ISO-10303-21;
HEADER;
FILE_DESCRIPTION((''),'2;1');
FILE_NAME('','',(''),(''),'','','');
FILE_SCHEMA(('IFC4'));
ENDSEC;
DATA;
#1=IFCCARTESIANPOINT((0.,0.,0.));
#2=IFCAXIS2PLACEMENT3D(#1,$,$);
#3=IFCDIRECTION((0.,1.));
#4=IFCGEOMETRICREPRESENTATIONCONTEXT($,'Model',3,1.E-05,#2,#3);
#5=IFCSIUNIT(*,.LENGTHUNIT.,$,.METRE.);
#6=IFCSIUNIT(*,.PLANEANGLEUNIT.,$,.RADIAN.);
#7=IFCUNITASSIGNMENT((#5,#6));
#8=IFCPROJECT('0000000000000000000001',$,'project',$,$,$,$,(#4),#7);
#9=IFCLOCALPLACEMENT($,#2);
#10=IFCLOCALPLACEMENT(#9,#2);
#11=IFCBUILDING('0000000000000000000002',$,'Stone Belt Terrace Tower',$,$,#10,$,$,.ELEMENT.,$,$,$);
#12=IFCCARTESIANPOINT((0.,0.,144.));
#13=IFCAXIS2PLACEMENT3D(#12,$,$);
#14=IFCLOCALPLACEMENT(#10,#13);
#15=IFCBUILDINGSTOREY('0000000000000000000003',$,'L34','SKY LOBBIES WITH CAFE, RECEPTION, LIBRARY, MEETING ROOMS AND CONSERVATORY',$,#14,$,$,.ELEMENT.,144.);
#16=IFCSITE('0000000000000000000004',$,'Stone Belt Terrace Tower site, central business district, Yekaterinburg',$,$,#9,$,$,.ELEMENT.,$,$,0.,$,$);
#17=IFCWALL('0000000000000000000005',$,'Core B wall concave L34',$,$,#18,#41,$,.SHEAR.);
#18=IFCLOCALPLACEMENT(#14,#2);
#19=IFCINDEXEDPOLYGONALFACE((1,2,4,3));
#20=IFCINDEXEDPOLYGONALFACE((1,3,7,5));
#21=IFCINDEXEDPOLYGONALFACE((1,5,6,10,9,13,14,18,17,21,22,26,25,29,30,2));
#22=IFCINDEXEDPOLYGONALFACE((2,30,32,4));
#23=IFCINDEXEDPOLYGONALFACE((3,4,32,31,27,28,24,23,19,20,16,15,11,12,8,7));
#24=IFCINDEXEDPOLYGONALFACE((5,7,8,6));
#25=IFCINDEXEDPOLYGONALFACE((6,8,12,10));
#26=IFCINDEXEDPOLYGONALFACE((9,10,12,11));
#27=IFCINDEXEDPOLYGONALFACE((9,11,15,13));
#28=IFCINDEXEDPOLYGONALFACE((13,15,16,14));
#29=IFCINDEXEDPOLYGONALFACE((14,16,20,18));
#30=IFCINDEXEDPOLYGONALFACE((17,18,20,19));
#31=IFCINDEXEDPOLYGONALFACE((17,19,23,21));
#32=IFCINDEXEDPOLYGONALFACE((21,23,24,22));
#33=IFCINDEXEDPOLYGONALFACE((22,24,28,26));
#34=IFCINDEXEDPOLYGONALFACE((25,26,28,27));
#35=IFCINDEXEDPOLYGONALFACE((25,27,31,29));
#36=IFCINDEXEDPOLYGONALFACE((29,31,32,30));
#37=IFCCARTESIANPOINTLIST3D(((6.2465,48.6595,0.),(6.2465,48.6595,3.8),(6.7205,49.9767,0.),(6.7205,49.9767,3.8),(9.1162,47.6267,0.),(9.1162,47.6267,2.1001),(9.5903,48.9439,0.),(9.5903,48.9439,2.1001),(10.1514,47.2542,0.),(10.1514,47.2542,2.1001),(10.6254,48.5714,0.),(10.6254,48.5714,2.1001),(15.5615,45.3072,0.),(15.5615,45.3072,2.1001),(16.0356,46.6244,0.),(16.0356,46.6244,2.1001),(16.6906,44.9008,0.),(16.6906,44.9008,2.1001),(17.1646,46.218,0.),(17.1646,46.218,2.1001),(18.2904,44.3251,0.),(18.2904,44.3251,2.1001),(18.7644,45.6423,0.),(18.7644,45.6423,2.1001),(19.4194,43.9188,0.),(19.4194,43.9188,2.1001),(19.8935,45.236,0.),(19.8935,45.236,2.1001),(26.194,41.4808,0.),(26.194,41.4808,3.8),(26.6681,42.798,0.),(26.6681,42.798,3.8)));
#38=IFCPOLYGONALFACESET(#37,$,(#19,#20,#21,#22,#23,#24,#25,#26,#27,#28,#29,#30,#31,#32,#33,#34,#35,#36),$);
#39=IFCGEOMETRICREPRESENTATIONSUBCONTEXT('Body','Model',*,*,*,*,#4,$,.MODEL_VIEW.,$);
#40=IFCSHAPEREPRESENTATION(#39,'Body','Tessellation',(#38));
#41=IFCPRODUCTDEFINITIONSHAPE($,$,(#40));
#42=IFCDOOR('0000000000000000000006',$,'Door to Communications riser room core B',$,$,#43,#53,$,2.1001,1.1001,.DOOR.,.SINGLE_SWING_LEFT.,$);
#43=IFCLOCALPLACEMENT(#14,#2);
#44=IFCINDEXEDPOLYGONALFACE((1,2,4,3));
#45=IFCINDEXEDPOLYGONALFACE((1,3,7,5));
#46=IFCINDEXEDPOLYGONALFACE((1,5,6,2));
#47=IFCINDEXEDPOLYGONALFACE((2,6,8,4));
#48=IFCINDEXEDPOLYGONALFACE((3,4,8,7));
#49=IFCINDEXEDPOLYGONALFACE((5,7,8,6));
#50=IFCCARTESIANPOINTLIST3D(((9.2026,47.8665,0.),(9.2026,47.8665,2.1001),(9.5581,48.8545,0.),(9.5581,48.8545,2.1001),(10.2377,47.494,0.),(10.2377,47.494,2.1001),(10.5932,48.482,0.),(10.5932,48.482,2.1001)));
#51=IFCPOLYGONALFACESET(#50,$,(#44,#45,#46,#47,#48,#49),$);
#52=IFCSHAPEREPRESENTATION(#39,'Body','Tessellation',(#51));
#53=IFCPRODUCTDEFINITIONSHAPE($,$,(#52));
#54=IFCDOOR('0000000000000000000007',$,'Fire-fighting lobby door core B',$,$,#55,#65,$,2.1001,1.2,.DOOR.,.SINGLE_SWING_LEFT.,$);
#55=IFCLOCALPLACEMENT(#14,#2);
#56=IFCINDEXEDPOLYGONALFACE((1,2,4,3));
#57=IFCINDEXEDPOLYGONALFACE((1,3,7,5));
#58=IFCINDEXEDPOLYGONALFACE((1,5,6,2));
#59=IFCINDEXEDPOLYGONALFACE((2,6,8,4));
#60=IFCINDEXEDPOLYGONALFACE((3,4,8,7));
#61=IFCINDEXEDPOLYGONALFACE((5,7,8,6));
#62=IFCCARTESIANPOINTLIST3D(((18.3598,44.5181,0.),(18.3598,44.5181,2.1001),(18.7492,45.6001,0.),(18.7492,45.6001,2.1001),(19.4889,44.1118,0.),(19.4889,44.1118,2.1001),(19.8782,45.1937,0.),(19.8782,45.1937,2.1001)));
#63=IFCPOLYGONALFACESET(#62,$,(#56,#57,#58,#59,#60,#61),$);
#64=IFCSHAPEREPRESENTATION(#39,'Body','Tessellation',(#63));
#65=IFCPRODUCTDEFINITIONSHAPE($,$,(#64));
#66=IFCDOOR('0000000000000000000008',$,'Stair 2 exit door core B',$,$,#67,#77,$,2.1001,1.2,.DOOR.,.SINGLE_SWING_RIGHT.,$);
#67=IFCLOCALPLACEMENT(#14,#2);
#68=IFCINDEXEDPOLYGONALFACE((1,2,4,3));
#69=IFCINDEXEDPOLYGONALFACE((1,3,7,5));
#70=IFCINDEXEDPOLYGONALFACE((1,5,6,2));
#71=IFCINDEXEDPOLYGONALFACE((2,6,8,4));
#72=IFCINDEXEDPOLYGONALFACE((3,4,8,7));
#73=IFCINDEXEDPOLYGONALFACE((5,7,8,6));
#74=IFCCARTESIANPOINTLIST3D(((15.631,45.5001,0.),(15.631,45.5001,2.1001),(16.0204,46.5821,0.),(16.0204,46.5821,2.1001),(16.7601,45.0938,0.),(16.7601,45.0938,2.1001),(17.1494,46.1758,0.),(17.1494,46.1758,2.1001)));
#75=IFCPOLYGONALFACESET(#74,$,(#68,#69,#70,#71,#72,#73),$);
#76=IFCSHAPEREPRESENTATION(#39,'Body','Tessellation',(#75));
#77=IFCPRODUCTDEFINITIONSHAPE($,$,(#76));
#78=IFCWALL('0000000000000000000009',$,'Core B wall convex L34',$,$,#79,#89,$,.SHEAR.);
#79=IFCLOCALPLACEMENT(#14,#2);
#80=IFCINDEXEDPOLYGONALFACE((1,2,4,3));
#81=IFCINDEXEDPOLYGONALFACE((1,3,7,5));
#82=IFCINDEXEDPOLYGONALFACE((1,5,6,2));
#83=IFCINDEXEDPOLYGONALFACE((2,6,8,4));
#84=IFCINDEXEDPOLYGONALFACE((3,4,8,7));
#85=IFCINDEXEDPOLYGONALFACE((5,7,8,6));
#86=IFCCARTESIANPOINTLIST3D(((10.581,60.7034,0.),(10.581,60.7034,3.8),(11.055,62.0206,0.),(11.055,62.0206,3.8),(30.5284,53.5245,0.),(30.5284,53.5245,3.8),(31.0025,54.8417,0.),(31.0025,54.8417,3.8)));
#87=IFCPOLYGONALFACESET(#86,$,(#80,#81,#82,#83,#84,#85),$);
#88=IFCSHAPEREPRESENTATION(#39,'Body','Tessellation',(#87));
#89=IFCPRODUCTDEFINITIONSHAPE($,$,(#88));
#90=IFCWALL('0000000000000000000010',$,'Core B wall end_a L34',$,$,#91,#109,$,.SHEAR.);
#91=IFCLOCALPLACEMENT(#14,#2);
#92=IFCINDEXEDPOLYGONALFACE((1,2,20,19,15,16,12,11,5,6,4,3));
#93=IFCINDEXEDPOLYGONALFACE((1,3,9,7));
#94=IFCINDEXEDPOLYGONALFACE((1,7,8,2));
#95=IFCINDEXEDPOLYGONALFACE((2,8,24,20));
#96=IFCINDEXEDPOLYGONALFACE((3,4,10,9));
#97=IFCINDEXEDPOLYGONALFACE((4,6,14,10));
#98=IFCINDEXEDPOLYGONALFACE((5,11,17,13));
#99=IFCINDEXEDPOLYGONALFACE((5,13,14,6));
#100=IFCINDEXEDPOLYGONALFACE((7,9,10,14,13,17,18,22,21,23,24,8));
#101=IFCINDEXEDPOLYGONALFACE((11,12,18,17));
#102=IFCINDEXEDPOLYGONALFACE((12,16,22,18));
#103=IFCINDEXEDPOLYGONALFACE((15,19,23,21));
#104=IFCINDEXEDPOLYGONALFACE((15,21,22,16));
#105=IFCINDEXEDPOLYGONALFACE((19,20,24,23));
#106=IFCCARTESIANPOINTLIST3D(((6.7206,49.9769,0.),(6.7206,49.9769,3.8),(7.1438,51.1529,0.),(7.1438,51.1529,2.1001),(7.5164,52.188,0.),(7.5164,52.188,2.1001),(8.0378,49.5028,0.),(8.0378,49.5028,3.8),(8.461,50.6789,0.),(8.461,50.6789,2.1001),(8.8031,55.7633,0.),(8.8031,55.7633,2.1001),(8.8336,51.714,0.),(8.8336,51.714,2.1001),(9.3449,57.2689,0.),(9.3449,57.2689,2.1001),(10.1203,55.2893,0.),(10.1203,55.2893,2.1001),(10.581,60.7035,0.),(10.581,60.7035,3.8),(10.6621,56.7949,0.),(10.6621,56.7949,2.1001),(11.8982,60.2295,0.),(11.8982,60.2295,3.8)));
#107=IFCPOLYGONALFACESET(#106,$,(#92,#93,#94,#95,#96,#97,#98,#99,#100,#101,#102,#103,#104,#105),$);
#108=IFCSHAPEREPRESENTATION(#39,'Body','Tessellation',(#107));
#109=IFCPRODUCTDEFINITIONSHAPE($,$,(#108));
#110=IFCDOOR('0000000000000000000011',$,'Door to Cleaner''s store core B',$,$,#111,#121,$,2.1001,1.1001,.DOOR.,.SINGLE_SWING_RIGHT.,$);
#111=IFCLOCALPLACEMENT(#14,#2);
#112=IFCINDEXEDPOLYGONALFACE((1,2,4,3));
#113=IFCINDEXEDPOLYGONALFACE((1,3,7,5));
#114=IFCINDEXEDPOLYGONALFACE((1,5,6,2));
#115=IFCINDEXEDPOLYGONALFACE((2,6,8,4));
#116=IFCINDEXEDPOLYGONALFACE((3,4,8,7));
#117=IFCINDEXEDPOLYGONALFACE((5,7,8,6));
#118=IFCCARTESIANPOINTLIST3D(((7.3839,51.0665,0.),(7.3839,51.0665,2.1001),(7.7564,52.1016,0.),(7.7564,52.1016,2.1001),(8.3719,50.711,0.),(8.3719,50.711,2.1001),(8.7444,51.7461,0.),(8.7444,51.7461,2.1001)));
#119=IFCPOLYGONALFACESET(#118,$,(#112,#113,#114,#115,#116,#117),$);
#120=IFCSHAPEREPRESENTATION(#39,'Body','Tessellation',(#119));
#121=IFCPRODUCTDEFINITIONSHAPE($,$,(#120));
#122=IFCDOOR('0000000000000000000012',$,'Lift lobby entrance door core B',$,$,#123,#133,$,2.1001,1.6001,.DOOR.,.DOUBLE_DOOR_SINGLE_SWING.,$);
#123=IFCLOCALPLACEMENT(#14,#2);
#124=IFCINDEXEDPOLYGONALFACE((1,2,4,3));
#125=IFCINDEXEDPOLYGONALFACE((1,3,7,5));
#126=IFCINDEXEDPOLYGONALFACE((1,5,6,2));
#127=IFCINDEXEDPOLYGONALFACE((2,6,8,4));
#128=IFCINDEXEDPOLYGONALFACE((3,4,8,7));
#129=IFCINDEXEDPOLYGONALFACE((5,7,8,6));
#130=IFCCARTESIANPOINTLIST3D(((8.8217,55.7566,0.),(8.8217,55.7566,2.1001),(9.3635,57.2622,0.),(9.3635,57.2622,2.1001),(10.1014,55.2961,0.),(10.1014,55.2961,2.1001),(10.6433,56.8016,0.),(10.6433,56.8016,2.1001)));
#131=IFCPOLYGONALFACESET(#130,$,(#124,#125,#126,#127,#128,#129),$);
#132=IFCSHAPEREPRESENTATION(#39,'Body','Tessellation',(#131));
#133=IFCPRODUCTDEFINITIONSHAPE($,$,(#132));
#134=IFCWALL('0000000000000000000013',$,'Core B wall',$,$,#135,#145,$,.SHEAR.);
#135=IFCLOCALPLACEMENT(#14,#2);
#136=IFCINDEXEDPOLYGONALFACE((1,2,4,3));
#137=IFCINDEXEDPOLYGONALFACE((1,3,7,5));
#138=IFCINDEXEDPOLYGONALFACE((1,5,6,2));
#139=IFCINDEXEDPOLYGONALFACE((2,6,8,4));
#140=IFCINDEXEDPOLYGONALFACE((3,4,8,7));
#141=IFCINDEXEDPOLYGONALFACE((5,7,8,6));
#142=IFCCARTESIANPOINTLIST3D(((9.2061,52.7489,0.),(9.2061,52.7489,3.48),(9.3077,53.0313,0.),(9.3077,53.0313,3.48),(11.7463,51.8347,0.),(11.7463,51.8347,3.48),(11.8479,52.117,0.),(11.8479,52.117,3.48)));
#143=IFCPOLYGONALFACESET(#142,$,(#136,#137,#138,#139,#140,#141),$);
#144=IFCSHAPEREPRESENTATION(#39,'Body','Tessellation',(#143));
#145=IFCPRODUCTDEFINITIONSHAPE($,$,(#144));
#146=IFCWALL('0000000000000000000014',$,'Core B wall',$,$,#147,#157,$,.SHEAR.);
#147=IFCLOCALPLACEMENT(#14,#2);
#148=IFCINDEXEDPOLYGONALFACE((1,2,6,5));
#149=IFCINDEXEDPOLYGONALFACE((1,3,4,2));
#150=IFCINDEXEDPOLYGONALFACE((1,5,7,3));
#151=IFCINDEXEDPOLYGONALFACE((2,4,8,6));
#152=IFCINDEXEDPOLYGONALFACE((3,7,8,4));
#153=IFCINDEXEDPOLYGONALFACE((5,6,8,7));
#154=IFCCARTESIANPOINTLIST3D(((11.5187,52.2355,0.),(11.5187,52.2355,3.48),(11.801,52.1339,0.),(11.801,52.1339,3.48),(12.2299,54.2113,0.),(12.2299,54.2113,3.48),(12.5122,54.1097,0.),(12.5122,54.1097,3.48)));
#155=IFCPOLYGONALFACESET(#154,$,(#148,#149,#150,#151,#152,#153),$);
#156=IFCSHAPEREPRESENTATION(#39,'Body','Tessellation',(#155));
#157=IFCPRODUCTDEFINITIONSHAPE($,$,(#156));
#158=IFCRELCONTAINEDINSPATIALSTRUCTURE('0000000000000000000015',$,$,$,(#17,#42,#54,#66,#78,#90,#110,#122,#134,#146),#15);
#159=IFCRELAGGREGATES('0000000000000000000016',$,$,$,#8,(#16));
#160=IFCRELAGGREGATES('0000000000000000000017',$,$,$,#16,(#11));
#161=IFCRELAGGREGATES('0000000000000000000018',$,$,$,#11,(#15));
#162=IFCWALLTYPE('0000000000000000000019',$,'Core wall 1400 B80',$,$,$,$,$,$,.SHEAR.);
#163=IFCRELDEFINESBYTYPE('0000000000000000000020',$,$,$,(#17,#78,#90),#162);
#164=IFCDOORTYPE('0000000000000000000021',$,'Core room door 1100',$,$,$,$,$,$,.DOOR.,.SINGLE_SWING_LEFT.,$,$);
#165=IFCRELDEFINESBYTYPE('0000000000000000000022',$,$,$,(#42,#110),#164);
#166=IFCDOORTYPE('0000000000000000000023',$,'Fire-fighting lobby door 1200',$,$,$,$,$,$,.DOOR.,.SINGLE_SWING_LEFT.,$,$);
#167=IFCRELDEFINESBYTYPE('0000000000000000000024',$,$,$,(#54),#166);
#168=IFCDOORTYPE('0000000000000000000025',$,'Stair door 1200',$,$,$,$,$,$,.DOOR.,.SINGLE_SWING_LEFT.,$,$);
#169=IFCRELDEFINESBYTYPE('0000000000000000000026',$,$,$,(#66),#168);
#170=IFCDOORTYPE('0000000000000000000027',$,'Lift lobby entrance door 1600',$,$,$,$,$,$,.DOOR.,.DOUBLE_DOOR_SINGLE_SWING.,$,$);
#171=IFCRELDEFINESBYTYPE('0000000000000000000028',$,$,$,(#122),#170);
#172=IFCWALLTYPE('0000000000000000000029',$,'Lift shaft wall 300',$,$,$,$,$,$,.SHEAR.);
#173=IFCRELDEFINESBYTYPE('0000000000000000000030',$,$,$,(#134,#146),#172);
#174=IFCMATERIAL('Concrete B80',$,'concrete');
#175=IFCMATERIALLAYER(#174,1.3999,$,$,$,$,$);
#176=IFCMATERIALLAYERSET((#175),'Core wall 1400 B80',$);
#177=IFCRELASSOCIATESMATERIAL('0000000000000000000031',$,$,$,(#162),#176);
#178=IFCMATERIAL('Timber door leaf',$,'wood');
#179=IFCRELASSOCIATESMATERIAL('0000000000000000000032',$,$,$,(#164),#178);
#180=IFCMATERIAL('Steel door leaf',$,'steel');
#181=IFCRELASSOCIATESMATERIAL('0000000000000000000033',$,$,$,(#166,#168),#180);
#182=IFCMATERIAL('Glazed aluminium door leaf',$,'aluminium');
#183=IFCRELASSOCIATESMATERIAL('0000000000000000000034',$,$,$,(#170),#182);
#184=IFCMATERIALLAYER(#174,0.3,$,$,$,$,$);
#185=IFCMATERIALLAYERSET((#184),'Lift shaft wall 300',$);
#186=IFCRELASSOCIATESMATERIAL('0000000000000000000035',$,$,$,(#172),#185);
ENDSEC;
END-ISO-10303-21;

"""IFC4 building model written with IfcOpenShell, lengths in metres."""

from ifc_helpers import new_model, si_unit, direction, frame, frame_2d, origin, place, context, subcontext, project, spatial, rectangle, extrude, material, layer, layer_set, type_object, element, fill, save


model = new_model("IFC4")

# Units and contexts
model_context = context("Model", 3, precision=1e-05, world=origin(), true_north=direction((0.0, 1.0)))
body_context = subcontext(model_context, "Body", "Model", "MODEL_VIEW")
ifc_project = project(units=[si_unit("LENGTHUNIT", "METRE"), si_unit("PLANEANGLEUNIT", "RADIAN")], contexts=[model_context])

# Site, building, storey
site_placement = place(None, origin())
site = spatial("IfcSite", under=ifc_project, at=site_placement, Name="Stone Belt Terrace Tower site, central business district, Yekaterinburg", CompositionType="ELEMENT", RefElevation=0.0)
building_placement = place(site_placement, origin())
building = spatial("IfcBuilding", under=site, at=building_placement, Name="Stone Belt Terrace Tower", CompositionType="ELEMENT")
storey_placement = place(building_placement, frame((0.0, 0.0, 144.0)))
storey = spatial("IfcBuildingStorey", under=building, at=storey_placement, Name="L34", Description="SKY LOBBIES WITH CAFE, RECEPTION, LIBRARY, MEETING ROOMS AND CONSERVATORY", CompositionType="ELEMENT", Elevation=144.0)

# Shared definitions
ifc_material_1 = material(Name="Concrete B80", Category="concrete")

# Wall, openings, doors
ifc_layer_1 = layer(ifc_material_1, 1.3999)
ifc_layer_set_1 = layer_set([ifc_layer_1], Name="Core wall 1400 B80")
wall_type_1 = type_object("IfcWallType", Name="Core wall 1400 B80", PredefinedType="SHEAR", material=ifc_layer_set_1)
wall_1_placement = place(storey_placement, frame((6.4834, 49.3181, 0.0), z_axis=(0.0, 0.0, 1.0), x_axis=(0.940923, -0.33862, 0.0)))
wall_1 = element("IfcWall", 1, at=wall_1_placement, inside=storey, type_object=wall_type_1, Name="Core B wall concave L34", PredefinedType="SHEAR", context=body_context, shape_type="SweptSolid", body=[
    extrude(rectangle(XDim=21.2, YDim=1.3999, at=frame_2d((10.6001, 0.0))), origin(), (0.0, 0.0, 1.0), 3.8),
])
opening_1_placement = place(wall_1_placement, frame((12.8, 0.0, 0.0)))
opening_1 = element("IfcOpeningElement", 2, at=opening_1_placement, cuts=wall_1, PredefinedType="OPENING", context=body_context, shape_type="SweptSolid", body=[
    extrude(rectangle(XDim=1.2, YDim=2.1001, at=frame_2d((0.6001, 1.05))), frame((0.0, 0.71, 0.0), z_axis=(0.0, -1.0, 0.0), x_axis=(1.0, 0.0, 0.0)), (0.0, 0.0, 1.0), 1.4199),
])
opening_2_placement = place(wall_1_placement, frame((9.8999, 0.0, 0.0)))
opening_2 = element("IfcOpeningElement", 3, at=opening_2_placement, cuts=wall_1, PredefinedType="OPENING", context=body_context, shape_type="SweptSolid", body=[
    extrude(rectangle(XDim=1.2, YDim=2.1001, at=frame_2d((0.6001, 1.05))), frame((0.0, 0.71, 0.0), z_axis=(0.0, -1.0, 0.0), x_axis=(1.0, 0.0, 0.0)), (0.0, 0.0, 1.0), 1.4199),
])
opening_3_placement = place(wall_1_placement, frame((3.05, 0.0, 0.0)))
opening_3 = element("IfcOpeningElement", 4, at=opening_3_placement, cuts=wall_1, PredefinedType="OPENING", context=body_context, shape_type="SweptSolid", body=[
    extrude(rectangle(XDim=1.1001, YDim=2.1001, at=frame_2d((0.55, 1.05))), frame((0.0, 0.71, 0.0), z_axis=(0.0, -1.0, 0.0), x_axis=(1.0, 0.0, 0.0)), (0.0, 0.0, 1.0), 1.4199),
])
ifc_material_2 = material(Name="Timber door leaf", Category="wood")
door_type_1 = type_object("IfcDoorType", Name="Core room door 1100", OperationType="SINGLE_SWING_LEFT", PredefinedType="DOOR", material=ifc_material_2)
door_1_placement = place(opening_3_placement, origin())
door_1 = element("IfcDoor", 5, at=door_1_placement, inside=storey, type_object=door_type_1, Name="Door to Communications riser room core B", OperationType="SINGLE_SWING_LEFT", OverallHeight=2.1001, OverallWidth=1.1001, PredefinedType="DOOR", context=body_context, shape_type="SweptSolid", body=[
    extrude(rectangle(XDim=1.1001, YDim=2.1001, at=frame_2d((0.55, 1.05))), frame((0.0, 0.605, 0.0), z_axis=(0.0, -1.0, 0.0), x_axis=(1.0, 0.0, 0.0)), (0.0, 0.0, 1.0), 1.05),
])
fill(opening_3, door_1)
ifc_material_3 = material(Name="Steel door leaf", Category="steel")
door_type_2 = type_object("IfcDoorType", Name="Fire-fighting lobby door 1200", OperationType="SINGLE_SWING_LEFT", PredefinedType="DOOR", material=ifc_material_3)
door_2_placement = place(opening_1_placement, origin())
door_2 = element("IfcDoor", 6, at=door_2_placement, inside=storey, type_object=door_type_2, Name="Fire-fighting lobby door core B", OperationType="SINGLE_SWING_LEFT", OverallHeight=2.1001, OverallWidth=1.2, PredefinedType="DOOR", context=body_context, shape_type="SweptSolid", body=[
    extrude(rectangle(XDim=1.2, YDim=2.1001, at=frame_2d((0.6001, 1.05))), frame((0.0, 0.655, 0.0), z_axis=(0.0, -1.0, 0.0), x_axis=(1.0, 0.0, 0.0)), (0.0, 0.0, 1.0), 1.1499),
])
fill(opening_1, door_2)
door_type_3 = type_object("IfcDoorType", Name="Stair door 1200", OperationType="SINGLE_SWING_LEFT", PredefinedType="DOOR", material=ifc_material_3)
door_3_placement = place(opening_2_placement, origin())
door_3 = element("IfcDoor", 7, at=door_3_placement, inside=storey, type_object=door_type_3, Name="Stair 2 exit door core B", OperationType="SINGLE_SWING_RIGHT", OverallHeight=2.1001, OverallWidth=1.2, PredefinedType="DOOR", context=body_context, shape_type="SweptSolid", body=[
    extrude(rectangle(XDim=1.2, YDim=2.1001, at=frame_2d((0.6001, 1.05))), frame((0.0, 0.655, 0.0), z_axis=(0.0, -1.0, 0.0), x_axis=(1.0, 0.0, 0.0)), (0.0, 0.0, 1.0), 1.1499),
])
fill(opening_2, door_3)

# Wall
wall_2_placement = place(storey_placement, frame((10.8179, 61.3621, 0.0), z_axis=(0.0, 0.0, 1.0), x_axis=(0.94092, -0.33863, 0.0)))
element("IfcWall", 8, at=wall_2_placement, inside=storey, type_object=wall_type_1, Name="Core B wall convex L34", PredefinedType="SHEAR", context=body_context, shape_type="SweptSolid", body=[
    extrude(rectangle(XDim=21.2, YDim=1.3999, at=frame_2d((10.6001, 0.0))), origin(), (0.0, 0.0, 1.0), 3.8),
])

# Wall, openings, doors
wall_3_placement = place(storey_placement, frame((7.3792, 49.7397, 0.0), z_axis=(0.0, 0.0, 1.0), x_axis=(0.338625, 0.940921, 0.0)))
wall_3 = element("IfcWall", 9, at=wall_3_placement, inside=storey, type_object=wall_type_1, Name="Core B wall end_a L34", PredefinedType="SHEAR", context=body_context, shape_type="SweptSolid", body=[
    extrude(rectangle(XDim=11.4001, YDim=1.3999, at=frame_2d((5.7002, 0.0))), origin(), (0.0, 0.0, 1.0), 3.8),
])
opening_4_placement = place(wall_3_placement, frame((6.1499, 0.0, 0.0)))
opening_4 = element("IfcOpeningElement", 10, at=opening_4_placement, cuts=wall_3, PredefinedType="OPENING", context=body_context, shape_type="SweptSolid", body=[
    extrude(rectangle(XDim=1.6001, YDim=2.1001, at=frame_2d((0.8, 1.05))), frame((0.0, 0.71, 0.0), z_axis=(0.0, -1.0, 0.0), x_axis=(1.0, 0.0, 0.0)), (0.0, 0.0, 1.0), 1.4199),
])
opening_5_placement = place(wall_3_placement, frame((1.25, 0.0, 0.0)))
opening_5 = element("IfcOpeningElement", 11, at=opening_5_placement, cuts=wall_3, PredefinedType="OPENING", context=body_context, shape_type="SweptSolid", body=[
    extrude(rectangle(XDim=1.1001, YDim=2.1001, at=frame_2d((0.55, 1.05))), frame((0.0, 0.71, 0.0), z_axis=(0.0, -1.0, 0.0), x_axis=(1.0, 0.0, 0.0)), (0.0, 0.0, 1.0), 1.4199),
])
door_4_placement = place(opening_5_placement, origin())
door_4 = element("IfcDoor", 12, at=door_4_placement, inside=storey, type_object=door_type_1, Name="Door to Cleaner's store core B", OperationType="SINGLE_SWING_RIGHT", OverallHeight=2.1001, OverallWidth=1.1001, PredefinedType="DOOR", context=body_context, shape_type="SweptSolid", body=[
    extrude(rectangle(XDim=1.1001, YDim=2.1001, at=frame_2d((0.55, 1.05))), frame((0.0, 0.4448, 0.0), z_axis=(0.0, -1.0, 0.0), x_axis=(1.0, 0.0, 0.0)), (0.0, 0.0, 1.0), 1.05),
])
fill(opening_5, door_4)
ifc_material_4 = material(Name="Glazed aluminium door leaf", Category="aluminium")
door_type_4 = type_object("IfcDoorType", Name="Lift lobby entrance door 1600", OperationType="DOUBLE_DOOR_SINGLE_SWING", PredefinedType="DOOR", material=ifc_material_4)
door_5_placement = place(opening_4_placement, origin())
door_5 = element("IfcDoor", 13, at=door_5_placement, inside=storey, type_object=door_type_4, Name="Lift lobby entrance door core B", OperationType="DOUBLE_DOOR_SINGLE_SWING", OverallHeight=2.1001, OverallWidth=1.6001, PredefinedType="DOOR", context=body_context, shape_type="SweptSolid", body=[
    extrude(rectangle(XDim=1.6001, YDim=2.1001, at=frame_2d((0.8, 1.05))), frame((0.0, 0.6802, 0.0), z_axis=(0.0, -1.0, 0.0), x_axis=(1.0, 0.0, 0.0)), (0.0, 0.0, 1.0), 1.3601),
])
fill(opening_4, door_5)

# Walls
ifc_layer_2 = layer(ifc_material_1, 0.3)
ifc_layer_set_2 = layer_set([ifc_layer_2], Name="Lift shaft wall 300")
wall_type_2 = type_object("IfcWallType", Name="Lift shaft wall 300", PredefinedType="SHEAR", material=ifc_layer_set_2)
wall_4_placement = place(storey_placement, frame((11.7971, 51.9758, 0.0), z_axis=(0.0, 0.0, 1.0), x_axis=(-0.94091, 0.338655, 0.0)))
element("IfcWall", 14, at=wall_4_placement, inside=storey, type_object=wall_type_2, Name="Core B wall", PredefinedType="SHEAR", context=body_context, shape_type="SweptSolid", body=[
    extrude(rectangle(XDim=2.6997, YDim=0.3, at=frame_2d((1.3499, 0.0))), origin(), (0.0, 0.0, 1.0), 3.48),
])
wall_5_placement = place(storey_placement, frame((11.6599, 52.1848, 0.0), z_axis=(0.0, 0.0, 1.0), x_axis=(0.33867, 0.940905, 0.0)))
element("IfcWall", 15, at=wall_5_placement, inside=storey, type_object=wall_type_2, Name="Core B wall", PredefinedType="SHEAR", context=body_context, shape_type="SweptSolid", body=[
    extrude(rectangle(XDim=2.0999, YDim=0.3, at=frame_2d((1.0498, 0.0))), origin(), (0.0, 0.0, 1.0), 3.48),
])

save(model, "model.ifc")
